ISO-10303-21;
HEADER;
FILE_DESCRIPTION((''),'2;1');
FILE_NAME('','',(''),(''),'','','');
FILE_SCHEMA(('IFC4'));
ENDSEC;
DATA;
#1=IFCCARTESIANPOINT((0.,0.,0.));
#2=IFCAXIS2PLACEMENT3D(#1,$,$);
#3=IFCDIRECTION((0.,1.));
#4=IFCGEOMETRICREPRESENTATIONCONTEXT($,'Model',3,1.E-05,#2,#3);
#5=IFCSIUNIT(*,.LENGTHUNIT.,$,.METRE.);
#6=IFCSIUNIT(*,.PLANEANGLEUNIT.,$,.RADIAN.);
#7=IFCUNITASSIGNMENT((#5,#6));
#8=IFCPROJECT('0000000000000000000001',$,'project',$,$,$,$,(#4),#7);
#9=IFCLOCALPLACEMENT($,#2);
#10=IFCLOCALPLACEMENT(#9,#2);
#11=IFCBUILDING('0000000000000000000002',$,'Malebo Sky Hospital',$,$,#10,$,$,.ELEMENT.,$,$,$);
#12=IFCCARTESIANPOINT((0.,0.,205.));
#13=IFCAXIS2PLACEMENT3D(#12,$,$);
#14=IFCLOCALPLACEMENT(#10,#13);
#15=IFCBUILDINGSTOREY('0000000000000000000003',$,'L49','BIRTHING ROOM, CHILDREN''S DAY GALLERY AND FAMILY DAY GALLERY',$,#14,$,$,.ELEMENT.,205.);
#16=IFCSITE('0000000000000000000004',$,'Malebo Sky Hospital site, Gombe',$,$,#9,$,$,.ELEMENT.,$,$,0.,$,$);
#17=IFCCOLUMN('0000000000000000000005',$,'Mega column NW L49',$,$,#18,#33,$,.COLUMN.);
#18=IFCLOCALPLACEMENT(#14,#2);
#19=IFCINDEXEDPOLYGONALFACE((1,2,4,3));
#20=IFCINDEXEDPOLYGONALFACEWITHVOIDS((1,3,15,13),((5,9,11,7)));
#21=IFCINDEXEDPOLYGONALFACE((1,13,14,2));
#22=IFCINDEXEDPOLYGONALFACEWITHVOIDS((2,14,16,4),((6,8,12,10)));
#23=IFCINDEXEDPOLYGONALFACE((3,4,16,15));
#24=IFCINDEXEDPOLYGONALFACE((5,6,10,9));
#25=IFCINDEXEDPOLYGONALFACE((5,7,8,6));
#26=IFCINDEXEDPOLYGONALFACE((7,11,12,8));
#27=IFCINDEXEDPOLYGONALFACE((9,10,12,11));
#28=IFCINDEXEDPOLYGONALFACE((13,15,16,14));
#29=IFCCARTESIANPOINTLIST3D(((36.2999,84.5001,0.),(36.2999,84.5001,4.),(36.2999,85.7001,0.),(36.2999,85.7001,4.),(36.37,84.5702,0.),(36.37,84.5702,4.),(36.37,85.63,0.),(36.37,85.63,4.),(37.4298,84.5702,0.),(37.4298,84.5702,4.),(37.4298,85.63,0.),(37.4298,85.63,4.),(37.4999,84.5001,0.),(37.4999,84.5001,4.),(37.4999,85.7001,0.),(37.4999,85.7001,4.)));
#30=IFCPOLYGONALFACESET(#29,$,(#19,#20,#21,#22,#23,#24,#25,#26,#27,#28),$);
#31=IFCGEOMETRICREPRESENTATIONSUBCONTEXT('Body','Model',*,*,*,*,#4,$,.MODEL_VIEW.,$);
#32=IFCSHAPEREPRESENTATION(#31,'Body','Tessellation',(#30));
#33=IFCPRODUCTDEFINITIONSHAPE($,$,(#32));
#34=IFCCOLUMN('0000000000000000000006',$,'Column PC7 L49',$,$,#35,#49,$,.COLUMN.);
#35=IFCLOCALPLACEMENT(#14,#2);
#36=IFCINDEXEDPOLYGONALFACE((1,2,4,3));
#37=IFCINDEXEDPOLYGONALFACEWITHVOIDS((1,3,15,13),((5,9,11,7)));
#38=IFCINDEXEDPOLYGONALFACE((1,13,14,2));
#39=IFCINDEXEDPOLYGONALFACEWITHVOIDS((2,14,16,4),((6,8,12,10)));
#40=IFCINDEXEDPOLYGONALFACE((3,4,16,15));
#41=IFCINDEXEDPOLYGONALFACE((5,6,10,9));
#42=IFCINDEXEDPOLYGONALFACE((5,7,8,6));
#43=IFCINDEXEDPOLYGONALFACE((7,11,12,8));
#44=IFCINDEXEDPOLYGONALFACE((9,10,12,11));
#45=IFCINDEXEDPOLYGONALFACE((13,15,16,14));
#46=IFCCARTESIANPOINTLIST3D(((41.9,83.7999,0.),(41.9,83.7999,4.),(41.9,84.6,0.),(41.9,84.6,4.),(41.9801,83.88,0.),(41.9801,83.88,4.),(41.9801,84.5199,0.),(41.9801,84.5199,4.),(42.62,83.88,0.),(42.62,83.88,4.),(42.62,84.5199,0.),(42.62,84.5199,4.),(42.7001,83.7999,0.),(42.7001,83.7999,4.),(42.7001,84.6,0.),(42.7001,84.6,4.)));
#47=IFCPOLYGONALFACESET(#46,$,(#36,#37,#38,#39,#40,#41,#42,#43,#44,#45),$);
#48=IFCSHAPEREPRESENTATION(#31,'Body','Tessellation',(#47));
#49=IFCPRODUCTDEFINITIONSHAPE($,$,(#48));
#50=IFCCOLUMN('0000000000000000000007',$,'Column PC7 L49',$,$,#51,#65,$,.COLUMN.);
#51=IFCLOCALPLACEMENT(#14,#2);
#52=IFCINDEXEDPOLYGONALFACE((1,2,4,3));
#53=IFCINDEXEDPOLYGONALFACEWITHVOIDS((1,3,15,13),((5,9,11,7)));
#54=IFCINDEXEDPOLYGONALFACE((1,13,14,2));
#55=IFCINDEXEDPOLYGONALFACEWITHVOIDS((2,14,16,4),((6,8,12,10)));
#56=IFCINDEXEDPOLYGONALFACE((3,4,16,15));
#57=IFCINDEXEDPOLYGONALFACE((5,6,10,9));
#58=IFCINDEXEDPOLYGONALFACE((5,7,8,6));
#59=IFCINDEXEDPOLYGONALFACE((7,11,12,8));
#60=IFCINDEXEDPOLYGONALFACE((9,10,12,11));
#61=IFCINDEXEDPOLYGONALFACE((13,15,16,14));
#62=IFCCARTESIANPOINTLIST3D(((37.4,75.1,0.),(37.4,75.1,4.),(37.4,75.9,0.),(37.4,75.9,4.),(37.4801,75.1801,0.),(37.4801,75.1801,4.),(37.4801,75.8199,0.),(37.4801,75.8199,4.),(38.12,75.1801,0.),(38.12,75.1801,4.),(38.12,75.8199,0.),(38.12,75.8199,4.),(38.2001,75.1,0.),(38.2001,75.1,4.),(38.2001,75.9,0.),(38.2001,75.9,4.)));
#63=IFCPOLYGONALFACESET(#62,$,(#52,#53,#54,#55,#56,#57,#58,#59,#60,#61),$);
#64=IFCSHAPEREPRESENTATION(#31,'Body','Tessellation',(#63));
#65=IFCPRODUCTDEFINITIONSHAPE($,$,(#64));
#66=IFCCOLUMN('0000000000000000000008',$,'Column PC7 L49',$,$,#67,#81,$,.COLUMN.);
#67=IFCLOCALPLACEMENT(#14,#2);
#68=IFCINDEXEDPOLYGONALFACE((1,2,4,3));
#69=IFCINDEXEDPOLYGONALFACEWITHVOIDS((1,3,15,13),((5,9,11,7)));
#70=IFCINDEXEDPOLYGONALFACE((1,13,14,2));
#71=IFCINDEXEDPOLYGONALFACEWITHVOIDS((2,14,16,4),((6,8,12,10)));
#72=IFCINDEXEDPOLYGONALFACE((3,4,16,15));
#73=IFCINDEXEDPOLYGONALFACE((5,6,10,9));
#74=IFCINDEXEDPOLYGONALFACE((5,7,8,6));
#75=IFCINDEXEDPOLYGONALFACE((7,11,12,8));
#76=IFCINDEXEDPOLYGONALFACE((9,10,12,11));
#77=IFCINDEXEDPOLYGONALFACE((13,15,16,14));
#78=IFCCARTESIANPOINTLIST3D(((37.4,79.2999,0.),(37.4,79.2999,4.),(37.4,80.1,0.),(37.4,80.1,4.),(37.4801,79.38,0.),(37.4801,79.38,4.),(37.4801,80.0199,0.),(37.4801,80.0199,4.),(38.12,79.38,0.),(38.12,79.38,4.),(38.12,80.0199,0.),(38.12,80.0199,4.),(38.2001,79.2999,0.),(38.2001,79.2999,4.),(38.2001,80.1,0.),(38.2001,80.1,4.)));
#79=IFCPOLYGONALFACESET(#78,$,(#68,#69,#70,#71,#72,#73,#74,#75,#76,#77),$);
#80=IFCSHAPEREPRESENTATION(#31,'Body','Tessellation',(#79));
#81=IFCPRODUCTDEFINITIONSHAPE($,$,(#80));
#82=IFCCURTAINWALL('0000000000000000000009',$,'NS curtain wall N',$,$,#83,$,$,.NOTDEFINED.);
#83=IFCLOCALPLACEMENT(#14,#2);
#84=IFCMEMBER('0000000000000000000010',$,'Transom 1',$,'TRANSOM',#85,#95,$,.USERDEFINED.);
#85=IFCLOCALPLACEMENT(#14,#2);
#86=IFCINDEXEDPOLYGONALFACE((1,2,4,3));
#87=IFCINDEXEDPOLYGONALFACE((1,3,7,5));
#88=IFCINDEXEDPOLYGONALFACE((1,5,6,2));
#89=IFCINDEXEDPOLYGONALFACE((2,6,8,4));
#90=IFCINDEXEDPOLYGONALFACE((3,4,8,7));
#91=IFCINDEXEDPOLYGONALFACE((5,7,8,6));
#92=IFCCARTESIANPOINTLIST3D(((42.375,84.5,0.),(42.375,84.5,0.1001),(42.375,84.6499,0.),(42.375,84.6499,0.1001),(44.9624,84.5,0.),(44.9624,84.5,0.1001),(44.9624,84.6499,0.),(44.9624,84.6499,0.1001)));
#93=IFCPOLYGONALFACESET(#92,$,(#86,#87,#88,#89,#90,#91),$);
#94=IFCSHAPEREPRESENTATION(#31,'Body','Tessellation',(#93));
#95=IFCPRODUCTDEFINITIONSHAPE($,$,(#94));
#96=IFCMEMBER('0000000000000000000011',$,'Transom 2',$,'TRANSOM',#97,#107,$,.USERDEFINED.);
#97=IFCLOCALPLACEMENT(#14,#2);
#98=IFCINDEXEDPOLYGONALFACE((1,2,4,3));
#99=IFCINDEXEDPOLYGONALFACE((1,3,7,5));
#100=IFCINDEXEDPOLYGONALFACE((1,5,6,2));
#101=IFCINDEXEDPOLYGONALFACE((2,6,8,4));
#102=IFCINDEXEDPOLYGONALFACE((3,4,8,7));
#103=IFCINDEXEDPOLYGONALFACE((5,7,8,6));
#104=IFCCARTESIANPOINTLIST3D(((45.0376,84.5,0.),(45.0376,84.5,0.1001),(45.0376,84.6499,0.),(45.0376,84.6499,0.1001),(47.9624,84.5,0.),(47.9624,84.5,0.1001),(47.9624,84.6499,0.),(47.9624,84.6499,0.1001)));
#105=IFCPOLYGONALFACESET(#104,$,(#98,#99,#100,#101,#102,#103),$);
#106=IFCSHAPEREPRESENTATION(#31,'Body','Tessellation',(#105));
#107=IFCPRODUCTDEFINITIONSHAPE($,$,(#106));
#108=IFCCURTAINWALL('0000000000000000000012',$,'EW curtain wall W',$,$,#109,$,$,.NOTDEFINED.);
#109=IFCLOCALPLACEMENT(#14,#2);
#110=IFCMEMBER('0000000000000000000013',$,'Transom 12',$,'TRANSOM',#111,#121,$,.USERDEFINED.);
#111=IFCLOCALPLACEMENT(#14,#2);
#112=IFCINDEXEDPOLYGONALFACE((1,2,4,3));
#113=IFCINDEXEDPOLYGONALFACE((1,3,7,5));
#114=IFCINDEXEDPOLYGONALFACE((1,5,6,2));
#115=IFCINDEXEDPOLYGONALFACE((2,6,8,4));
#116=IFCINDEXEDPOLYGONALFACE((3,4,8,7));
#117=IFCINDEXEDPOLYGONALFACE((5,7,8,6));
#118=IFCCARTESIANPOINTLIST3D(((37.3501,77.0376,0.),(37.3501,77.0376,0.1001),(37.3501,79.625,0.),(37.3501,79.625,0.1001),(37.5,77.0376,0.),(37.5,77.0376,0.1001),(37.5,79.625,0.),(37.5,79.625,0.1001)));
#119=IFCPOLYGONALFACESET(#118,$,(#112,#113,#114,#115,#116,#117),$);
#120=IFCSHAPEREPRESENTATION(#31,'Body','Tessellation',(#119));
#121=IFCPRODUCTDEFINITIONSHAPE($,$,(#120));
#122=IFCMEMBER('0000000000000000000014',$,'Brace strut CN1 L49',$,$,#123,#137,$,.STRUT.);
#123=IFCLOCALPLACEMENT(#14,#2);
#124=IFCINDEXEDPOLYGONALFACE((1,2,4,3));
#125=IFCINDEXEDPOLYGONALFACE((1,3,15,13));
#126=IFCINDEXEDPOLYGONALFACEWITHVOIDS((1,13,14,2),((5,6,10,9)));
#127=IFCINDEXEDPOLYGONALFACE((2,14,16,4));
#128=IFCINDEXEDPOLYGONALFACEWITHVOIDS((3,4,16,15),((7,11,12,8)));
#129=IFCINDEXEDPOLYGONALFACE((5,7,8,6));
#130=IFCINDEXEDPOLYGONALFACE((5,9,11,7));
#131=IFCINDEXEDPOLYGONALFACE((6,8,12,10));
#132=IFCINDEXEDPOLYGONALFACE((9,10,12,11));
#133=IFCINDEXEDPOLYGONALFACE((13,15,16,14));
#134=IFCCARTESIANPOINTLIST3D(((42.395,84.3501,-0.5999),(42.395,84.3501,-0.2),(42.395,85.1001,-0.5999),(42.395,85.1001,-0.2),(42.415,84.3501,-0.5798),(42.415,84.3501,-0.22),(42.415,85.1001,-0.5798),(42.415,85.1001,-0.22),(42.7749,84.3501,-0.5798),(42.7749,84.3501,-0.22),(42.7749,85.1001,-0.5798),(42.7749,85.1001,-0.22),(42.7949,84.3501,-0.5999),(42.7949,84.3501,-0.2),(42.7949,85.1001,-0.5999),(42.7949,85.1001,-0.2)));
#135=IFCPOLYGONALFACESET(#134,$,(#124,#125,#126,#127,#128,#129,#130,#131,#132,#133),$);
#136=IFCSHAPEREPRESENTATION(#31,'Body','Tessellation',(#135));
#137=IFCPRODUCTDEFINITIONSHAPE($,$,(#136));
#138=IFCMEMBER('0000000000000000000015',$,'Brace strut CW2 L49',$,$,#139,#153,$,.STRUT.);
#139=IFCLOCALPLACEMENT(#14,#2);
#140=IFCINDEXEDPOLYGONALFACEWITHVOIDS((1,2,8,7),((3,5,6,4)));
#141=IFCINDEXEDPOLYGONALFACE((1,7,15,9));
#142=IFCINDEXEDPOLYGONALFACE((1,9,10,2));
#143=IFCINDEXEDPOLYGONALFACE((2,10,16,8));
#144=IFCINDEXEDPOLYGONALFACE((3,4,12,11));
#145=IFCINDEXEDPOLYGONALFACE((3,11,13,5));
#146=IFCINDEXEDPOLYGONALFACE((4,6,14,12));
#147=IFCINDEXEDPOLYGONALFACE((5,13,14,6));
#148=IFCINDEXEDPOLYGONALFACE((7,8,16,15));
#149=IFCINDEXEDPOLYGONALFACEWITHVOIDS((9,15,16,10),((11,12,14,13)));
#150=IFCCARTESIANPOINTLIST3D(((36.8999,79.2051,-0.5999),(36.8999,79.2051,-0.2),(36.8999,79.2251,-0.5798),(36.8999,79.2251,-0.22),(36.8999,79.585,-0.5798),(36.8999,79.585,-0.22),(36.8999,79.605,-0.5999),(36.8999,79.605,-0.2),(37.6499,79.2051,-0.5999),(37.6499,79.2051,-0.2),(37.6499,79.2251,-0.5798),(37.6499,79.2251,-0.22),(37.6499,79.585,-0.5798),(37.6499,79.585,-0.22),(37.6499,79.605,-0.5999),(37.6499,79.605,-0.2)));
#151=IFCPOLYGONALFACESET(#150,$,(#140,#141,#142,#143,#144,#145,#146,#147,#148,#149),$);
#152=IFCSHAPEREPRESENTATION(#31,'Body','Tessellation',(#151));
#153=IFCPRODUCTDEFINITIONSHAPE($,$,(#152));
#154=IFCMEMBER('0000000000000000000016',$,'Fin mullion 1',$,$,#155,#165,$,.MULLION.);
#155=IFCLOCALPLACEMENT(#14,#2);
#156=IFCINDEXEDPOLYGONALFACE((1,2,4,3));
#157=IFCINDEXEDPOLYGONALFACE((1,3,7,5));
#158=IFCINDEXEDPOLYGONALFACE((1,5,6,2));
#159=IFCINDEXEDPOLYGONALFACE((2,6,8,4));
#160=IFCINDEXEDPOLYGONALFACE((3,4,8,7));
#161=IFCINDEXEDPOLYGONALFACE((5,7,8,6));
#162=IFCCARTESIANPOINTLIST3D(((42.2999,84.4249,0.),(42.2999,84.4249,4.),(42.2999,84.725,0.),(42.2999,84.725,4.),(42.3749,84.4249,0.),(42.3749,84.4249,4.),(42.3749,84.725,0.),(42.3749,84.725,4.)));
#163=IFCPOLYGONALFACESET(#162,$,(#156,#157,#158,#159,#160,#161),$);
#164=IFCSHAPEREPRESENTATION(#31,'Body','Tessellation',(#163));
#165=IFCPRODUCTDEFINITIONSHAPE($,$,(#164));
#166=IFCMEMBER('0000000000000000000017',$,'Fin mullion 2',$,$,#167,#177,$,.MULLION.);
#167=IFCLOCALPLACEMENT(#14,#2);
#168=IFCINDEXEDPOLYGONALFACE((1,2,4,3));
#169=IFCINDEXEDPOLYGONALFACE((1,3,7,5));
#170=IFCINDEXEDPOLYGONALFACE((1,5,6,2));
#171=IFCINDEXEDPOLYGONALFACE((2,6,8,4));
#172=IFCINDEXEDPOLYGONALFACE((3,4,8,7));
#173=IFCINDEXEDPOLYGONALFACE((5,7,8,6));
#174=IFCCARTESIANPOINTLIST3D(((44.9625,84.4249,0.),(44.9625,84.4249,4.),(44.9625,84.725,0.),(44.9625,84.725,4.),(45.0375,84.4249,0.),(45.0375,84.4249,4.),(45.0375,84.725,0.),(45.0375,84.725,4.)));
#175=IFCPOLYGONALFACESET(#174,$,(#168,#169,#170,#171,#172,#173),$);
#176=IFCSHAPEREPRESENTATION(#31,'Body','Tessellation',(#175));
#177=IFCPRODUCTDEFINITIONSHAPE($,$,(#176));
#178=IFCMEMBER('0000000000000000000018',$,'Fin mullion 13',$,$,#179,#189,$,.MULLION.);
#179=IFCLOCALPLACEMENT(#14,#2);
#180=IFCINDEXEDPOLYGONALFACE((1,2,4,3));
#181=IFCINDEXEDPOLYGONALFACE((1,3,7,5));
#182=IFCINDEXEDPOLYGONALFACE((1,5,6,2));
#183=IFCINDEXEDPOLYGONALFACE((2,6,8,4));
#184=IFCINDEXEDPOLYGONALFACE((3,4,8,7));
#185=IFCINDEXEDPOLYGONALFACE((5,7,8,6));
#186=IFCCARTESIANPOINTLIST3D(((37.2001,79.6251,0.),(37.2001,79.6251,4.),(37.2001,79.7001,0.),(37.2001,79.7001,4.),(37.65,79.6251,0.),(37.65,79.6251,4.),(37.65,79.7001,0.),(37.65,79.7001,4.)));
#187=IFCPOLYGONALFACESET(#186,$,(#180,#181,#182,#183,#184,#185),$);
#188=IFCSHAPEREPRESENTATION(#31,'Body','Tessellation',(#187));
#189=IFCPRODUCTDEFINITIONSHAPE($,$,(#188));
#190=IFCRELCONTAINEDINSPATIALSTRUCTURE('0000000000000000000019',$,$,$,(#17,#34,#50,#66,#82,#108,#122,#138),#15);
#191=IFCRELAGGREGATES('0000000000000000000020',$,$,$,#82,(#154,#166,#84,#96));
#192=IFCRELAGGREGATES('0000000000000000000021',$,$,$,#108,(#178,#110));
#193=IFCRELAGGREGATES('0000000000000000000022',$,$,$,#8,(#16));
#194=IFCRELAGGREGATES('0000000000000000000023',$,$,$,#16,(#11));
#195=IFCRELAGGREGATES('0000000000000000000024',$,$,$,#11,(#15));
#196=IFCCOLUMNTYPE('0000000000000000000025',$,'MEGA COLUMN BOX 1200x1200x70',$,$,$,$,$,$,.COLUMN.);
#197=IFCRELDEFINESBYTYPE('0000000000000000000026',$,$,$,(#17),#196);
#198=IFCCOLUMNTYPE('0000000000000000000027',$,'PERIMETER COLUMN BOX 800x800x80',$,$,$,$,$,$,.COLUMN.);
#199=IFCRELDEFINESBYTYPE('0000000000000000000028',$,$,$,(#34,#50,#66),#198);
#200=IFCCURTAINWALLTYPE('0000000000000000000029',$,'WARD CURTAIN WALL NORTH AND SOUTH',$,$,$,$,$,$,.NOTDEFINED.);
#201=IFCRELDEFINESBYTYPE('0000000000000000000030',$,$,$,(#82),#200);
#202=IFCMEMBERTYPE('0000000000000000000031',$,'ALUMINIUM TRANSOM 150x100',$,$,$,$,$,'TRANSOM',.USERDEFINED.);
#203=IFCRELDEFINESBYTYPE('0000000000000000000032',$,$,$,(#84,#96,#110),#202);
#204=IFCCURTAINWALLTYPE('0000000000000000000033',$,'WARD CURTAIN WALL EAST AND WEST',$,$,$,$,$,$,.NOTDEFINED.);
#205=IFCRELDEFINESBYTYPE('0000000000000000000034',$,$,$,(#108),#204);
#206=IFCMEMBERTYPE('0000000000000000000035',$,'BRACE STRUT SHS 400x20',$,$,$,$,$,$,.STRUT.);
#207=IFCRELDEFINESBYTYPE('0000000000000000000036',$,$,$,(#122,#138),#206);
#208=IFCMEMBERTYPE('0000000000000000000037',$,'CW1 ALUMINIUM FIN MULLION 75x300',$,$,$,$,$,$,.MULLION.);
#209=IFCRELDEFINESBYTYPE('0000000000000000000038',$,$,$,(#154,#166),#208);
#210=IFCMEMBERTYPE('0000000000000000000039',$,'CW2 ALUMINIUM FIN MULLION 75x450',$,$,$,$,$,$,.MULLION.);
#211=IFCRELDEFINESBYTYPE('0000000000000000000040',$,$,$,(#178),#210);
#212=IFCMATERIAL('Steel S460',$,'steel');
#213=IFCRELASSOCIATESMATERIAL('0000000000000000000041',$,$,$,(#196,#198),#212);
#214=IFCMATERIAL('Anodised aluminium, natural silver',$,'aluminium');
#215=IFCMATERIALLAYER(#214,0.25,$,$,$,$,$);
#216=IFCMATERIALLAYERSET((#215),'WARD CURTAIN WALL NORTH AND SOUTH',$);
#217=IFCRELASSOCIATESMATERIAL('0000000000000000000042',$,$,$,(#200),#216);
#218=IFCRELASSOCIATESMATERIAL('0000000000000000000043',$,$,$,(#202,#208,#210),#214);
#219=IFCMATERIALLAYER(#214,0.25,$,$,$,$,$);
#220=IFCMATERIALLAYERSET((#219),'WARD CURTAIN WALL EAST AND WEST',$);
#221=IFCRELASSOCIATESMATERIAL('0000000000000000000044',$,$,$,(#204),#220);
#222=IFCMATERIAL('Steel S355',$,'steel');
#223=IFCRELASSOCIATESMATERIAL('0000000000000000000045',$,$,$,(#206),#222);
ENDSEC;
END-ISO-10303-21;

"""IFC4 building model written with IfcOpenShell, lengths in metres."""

from ifc_helpers import new_model, si_unit, direction, frame, origin, origin_2d, place, context, subcontext, project, spatial, rectangle, hollow_rectangle, extrude, material, layer, layer_set, material_profile, profile_set, type_object, element, aggregate, save


model = new_model("IFC4")

# Units and contexts
model_context = context("Model", 3, precision=1e-05, world=origin(), true_north=direction((0.0, 1.0)))
body_context = subcontext(model_context, "Body", "Model", "MODEL_VIEW")
ifc_project = project(units=[si_unit("LENGTHUNIT", "METRE"), si_unit("PLANEANGLEUNIT", "RADIAN")], contexts=[model_context])

# Site, building, storey
site_placement = place(None, origin())
site = spatial("IfcSite", under=ifc_project, at=site_placement, Name="Malebo Sky Hospital site, Gombe", CompositionType="ELEMENT", RefElevation=0.0)
building_placement = place(site_placement, origin())
building = spatial("IfcBuilding", under=site, at=building_placement, Name="Malebo Sky Hospital", CompositionType="ELEMENT")
storey_placement = place(building_placement, frame((0.0, 0.0, 205.0)))
storey = spatial("IfcBuildingStorey", under=building, at=storey_placement, Name="L49", Description="BIRTHING ROOM, CHILDREN'S DAY GALLERY AND FAMILY DAY GALLERY", CompositionType="ELEMENT", Elevation=205.0)

# Columns
ifc_material_1 = material(Name="Steel S460", Category="steel")
ifc_material_profile_1 = material_profile(ifc_material_1, hollow_rectangle(XDim=1.2, YDim=1.2, WallThickness=0.0701, at=origin_2d()), Name="BOX 1200x1200x70")
ifc_profile_set_1 = profile_set([ifc_material_profile_1], Name="Steel S460")
column_type_1 = type_object("IfcColumnType", Name="MEGA COLUMN BOX 1200x1200x70", PredefinedType="COLUMN", material=ifc_profile_set_1)
column_placement = place(storey_placement, frame((36.8999, 85.1001, 0.0), z_axis=(0.0, 0.0, 1.0), x_axis=(1.0, 0.0, 0.0)))
element("IfcColumn", 1, at=column_placement, inside=storey, type_object=column_type_1, Name="Mega column NW L49", PredefinedType="COLUMN", context=body_context, shape_type="SweptSolid", body=[
    extrude(hollow_rectangle(XDim=1.2, YDim=1.2, WallThickness=0.0701, at=origin_2d()), origin(), (0.0, 0.0, 1.0), 4.0),
])
ifc_material_profile_2 = material_profile(ifc_material_1, hollow_rectangle(XDim=0.8, YDim=0.8, WallThickness=0.0801, at=origin_2d()), Name="BOX 800x800x80")
ifc_profile_set_2 = profile_set([ifc_material_profile_2], Name="Steel S460")
column_type_2 = type_object("IfcColumnType", Name="PERIMETER COLUMN BOX 800x800x80", PredefinedType="COLUMN", material=ifc_profile_set_2)
for number, where, z_axis, x_axis, name in (
    (2, (42.3, 84.2, 0.0), (0.0, 0.0, 1.0), (1.0, 0.0, 0.0), "Column PC7 L49"),
    (3, (37.8, 75.5, 0.0), (0.0, 0.0, 1.0), (1.0, 0.0, 0.0), "Column PC7 L49"),
    (4, (37.8, 79.7, 0.0), (0.0, 0.0, 1.0), (1.0, 0.0, 0.0), "Column PC7 L49"),
):
    element("IfcColumn", number, at=place(storey_placement, frame(where, z_axis=z_axis, x_axis=x_axis)), inside=storey, type_object=column_type_2, Name=name, PredefinedType="COLUMN", context=body_context, shape_type="SweptSolid", body=[
        extrude(hollow_rectangle(XDim=0.8, YDim=0.8, WallThickness=0.0801, at=origin_2d()), origin(), (0.0, 0.0, 1.0), 4.0),
    ])

# Curtain wall, members
ifc_material_2 = material(Name="Anodised aluminium, natural silver", Category="aluminium")
ifc_layer_1 = layer(ifc_material_2, 0.25)
ifc_layer_set_1 = layer_set([ifc_layer_1], Name="WARD CURTAIN WALL NORTH AND SOUTH")
curtain_wall_type_1 = type_object("IfcCurtainWallType", Name="WARD CURTAIN WALL NORTH AND SOUTH", PredefinedType="NOTDEFINED", material=ifc_layer_set_1)
curtain_wall_1_placement = place(storey_placement, origin())
curtain_wall_1 = element("IfcCurtainWall", 5, at=curtain_wall_1_placement, inside=storey, type_object=curtain_wall_type_1, Name="NS curtain wall N", PredefinedType="NOTDEFINED")
ifc_material_profile_3 = material_profile(ifc_material_2, rectangle(XDim=0.1499, YDim=0.1001, at=origin_2d()), Name="ALUMINIUM TRANSOM 150x100")
ifc_profile_set_3 = profile_set([ifc_material_profile_3], Name="Anodised aluminium, natural silver")
member_type_1 = type_object("IfcMemberType", Name="ALUMINIUM TRANSOM 150x100", ElementType="TRANSOM", PredefinedType="USERDEFINED", material=ifc_profile_set_3)
member_1_placement = place(storey_placement, frame((42.375, 84.575, 0.05), z_axis=(1.0, 0.0, 0.0), x_axis=(0.0, 1.0, 0.0)))
member_1 = element("IfcMember", 6, at=member_1_placement, type_object=member_type_1, Name="Transom 1", ObjectType="TRANSOM", PredefinedType="USERDEFINED", context=body_context, shape_type="SweptSolid", body=[
    extrude(rectangle(XDim=0.1499, YDim=0.1001, at=origin_2d()), origin(), (0.0, 0.0, 1.0), 2.5874),
])
member_2_placement = place(storey_placement, frame((45.0376, 84.575, 0.05), z_axis=(1.0, 0.0, 0.0), x_axis=(0.0, 1.0, 0.0)))
member_2 = element("IfcMember", 7, at=member_2_placement, type_object=member_type_1, Name="Transom 2", ObjectType="TRANSOM", PredefinedType="USERDEFINED", context=body_context, shape_type="SweptSolid", body=[
    extrude(rectangle(XDim=0.1499, YDim=0.1001, at=origin_2d()), origin(), (0.0, 0.0, 1.0), 2.9248),
])

# Curtain wall, member
ifc_layer_2 = layer(ifc_material_2, 0.25)
ifc_layer_set_2 = layer_set([ifc_layer_2], Name="WARD CURTAIN WALL EAST AND WEST")
curtain_wall_type_2 = type_object("IfcCurtainWallType", Name="WARD CURTAIN WALL EAST AND WEST", PredefinedType="NOTDEFINED", material=ifc_layer_set_2)
curtain_wall_2_placement = place(storey_placement, origin())
curtain_wall_2 = element("IfcCurtainWall", 8, at=curtain_wall_2_placement, inside=storey, type_object=curtain_wall_type_2, Name="EW curtain wall W", PredefinedType="NOTDEFINED")
member_3_placement = place(storey_placement, frame((37.425, 77.0376, 0.05), z_axis=(0.0, 1.0, 0.0), x_axis=(-1.0, 0.0, 0.0)))
member_3 = element("IfcMember", 9, at=member_3_placement, type_object=member_type_1, Name="Transom 12", ObjectType="TRANSOM", PredefinedType="USERDEFINED", context=body_context, shape_type="SweptSolid", body=[
    extrude(rectangle(XDim=0.1499, YDim=0.1001, at=origin_2d()), origin(), (0.0, 0.0, 1.0), 2.5874),
])

# Members
ifc_material_3 = material(Name="Steel S355", Category="steel")
ifc_material_profile_4 = material_profile(ifc_material_3, hollow_rectangle(XDim=0.3999, YDim=0.3999, WallThickness=0.02, at=origin_2d()), Name="SHS 400x20")
ifc_profile_set_4 = profile_set([ifc_material_profile_4], Name="Steel S355")
member_type_2 = type_object("IfcMemberType", Name="BRACE STRUT SHS 400x20", PredefinedType="STRUT", material=ifc_profile_set_4)
for number, where, z_axis, x_axis, name in (
    (10, (42.595, 85.1001, -0.3999), (0.0, -1.0, 0.0), (1.0, 0.0, 0.0), "Brace strut CN1 L49"),
    (11, (36.8999, 79.405, -0.3999), (1.0, 0.0, 0.0), (0.0, 1.0, 0.0), "Brace strut CW2 L49"),
):
    element("IfcMember", number, at=place(storey_placement, frame(where, z_axis=z_axis, x_axis=x_axis)), inside=storey, type_object=member_type_2, Name=name, PredefinedType="STRUT", context=body_context, shape_type="SweptSolid", body=[
        extrude(hollow_rectangle(XDim=0.3999, YDim=0.3999, WallThickness=0.02, at=origin_2d()), origin(), (0.0, 0.0, 1.0), 0.75),
    ])

# Members
ifc_material_profile_5 = material_profile(ifc_material_2, rectangle(XDim=0.075, YDim=0.3, at=origin_2d()), Name="CW1 ALUMINIUM FIN MULLION 75x300")
ifc_profile_set_5 = profile_set([ifc_material_profile_5], Name="Anodised aluminium, natural silver")
member_type_3 = type_object("IfcMemberType", Name="CW1 ALUMINIUM FIN MULLION 75x300", PredefinedType="MULLION", material=ifc_profile_set_5)
member_4_placement = place(storey_placement, frame((42.3374, 84.575, 0.0), z_axis=(0.0, 0.0, 1.0), x_axis=(1.0, 0.0, 0.0)))
member_4 = element("IfcMember", 12, at=member_4_placement, type_object=member_type_3, Name="Fin mullion 1", PredefinedType="MULLION", context=body_context, shape_type="SweptSolid", body=[
    extrude(rectangle(XDim=0.075, YDim=0.3, at=origin_2d()), origin(), (0.0, 0.0, 1.0), 4.0),
])
member_5_placement = place(storey_placement, frame((45.0, 84.575, 0.0), z_axis=(0.0, 0.0, 1.0), x_axis=(1.0, 0.0, 0.0)))
member_5 = element("IfcMember", 13, at=member_5_placement, type_object=member_type_3, Name="Fin mullion 2", PredefinedType="MULLION", context=body_context, shape_type="SweptSolid", body=[
    extrude(rectangle(XDim=0.075, YDim=0.3, at=origin_2d()), origin(), (0.0, 0.0, 1.0), 4.0),
])
ifc_material_profile_6 = material_profile(ifc_material_2, rectangle(XDim=0.075, YDim=0.45, at=origin_2d()), Name="CW2 ALUMINIUM FIN MULLION 75x450")
ifc_profile_set_6 = profile_set([ifc_material_profile_6], Name="Anodised aluminium, natural silver")
member_type_4 = type_object("IfcMemberType", Name="CW2 ALUMINIUM FIN MULLION 75x450", PredefinedType="MULLION", material=ifc_profile_set_6)
member_6_placement = place(storey_placement, frame((37.425, 79.6626, 0.0), z_axis=(0.0, 0.0, 1.0), x_axis=(0.0, 1.0, 0.0)))
member_6 = element("IfcMember", 14, at=member_6_placement, type_object=member_type_4, Name="Fin mullion 13", PredefinedType="MULLION", context=body_context, shape_type="SweptSolid", body=[
    extrude(rectangle(XDim=0.075, YDim=0.45, at=origin_2d()), origin(), (0.0, 0.0, 1.0), 4.0),
])

aggregate(curtain_wall_1, [member_4, member_5, member_1, member_2])
aggregate(curtain_wall_2, [member_6, member_3])

save(model, "model.ifc")
